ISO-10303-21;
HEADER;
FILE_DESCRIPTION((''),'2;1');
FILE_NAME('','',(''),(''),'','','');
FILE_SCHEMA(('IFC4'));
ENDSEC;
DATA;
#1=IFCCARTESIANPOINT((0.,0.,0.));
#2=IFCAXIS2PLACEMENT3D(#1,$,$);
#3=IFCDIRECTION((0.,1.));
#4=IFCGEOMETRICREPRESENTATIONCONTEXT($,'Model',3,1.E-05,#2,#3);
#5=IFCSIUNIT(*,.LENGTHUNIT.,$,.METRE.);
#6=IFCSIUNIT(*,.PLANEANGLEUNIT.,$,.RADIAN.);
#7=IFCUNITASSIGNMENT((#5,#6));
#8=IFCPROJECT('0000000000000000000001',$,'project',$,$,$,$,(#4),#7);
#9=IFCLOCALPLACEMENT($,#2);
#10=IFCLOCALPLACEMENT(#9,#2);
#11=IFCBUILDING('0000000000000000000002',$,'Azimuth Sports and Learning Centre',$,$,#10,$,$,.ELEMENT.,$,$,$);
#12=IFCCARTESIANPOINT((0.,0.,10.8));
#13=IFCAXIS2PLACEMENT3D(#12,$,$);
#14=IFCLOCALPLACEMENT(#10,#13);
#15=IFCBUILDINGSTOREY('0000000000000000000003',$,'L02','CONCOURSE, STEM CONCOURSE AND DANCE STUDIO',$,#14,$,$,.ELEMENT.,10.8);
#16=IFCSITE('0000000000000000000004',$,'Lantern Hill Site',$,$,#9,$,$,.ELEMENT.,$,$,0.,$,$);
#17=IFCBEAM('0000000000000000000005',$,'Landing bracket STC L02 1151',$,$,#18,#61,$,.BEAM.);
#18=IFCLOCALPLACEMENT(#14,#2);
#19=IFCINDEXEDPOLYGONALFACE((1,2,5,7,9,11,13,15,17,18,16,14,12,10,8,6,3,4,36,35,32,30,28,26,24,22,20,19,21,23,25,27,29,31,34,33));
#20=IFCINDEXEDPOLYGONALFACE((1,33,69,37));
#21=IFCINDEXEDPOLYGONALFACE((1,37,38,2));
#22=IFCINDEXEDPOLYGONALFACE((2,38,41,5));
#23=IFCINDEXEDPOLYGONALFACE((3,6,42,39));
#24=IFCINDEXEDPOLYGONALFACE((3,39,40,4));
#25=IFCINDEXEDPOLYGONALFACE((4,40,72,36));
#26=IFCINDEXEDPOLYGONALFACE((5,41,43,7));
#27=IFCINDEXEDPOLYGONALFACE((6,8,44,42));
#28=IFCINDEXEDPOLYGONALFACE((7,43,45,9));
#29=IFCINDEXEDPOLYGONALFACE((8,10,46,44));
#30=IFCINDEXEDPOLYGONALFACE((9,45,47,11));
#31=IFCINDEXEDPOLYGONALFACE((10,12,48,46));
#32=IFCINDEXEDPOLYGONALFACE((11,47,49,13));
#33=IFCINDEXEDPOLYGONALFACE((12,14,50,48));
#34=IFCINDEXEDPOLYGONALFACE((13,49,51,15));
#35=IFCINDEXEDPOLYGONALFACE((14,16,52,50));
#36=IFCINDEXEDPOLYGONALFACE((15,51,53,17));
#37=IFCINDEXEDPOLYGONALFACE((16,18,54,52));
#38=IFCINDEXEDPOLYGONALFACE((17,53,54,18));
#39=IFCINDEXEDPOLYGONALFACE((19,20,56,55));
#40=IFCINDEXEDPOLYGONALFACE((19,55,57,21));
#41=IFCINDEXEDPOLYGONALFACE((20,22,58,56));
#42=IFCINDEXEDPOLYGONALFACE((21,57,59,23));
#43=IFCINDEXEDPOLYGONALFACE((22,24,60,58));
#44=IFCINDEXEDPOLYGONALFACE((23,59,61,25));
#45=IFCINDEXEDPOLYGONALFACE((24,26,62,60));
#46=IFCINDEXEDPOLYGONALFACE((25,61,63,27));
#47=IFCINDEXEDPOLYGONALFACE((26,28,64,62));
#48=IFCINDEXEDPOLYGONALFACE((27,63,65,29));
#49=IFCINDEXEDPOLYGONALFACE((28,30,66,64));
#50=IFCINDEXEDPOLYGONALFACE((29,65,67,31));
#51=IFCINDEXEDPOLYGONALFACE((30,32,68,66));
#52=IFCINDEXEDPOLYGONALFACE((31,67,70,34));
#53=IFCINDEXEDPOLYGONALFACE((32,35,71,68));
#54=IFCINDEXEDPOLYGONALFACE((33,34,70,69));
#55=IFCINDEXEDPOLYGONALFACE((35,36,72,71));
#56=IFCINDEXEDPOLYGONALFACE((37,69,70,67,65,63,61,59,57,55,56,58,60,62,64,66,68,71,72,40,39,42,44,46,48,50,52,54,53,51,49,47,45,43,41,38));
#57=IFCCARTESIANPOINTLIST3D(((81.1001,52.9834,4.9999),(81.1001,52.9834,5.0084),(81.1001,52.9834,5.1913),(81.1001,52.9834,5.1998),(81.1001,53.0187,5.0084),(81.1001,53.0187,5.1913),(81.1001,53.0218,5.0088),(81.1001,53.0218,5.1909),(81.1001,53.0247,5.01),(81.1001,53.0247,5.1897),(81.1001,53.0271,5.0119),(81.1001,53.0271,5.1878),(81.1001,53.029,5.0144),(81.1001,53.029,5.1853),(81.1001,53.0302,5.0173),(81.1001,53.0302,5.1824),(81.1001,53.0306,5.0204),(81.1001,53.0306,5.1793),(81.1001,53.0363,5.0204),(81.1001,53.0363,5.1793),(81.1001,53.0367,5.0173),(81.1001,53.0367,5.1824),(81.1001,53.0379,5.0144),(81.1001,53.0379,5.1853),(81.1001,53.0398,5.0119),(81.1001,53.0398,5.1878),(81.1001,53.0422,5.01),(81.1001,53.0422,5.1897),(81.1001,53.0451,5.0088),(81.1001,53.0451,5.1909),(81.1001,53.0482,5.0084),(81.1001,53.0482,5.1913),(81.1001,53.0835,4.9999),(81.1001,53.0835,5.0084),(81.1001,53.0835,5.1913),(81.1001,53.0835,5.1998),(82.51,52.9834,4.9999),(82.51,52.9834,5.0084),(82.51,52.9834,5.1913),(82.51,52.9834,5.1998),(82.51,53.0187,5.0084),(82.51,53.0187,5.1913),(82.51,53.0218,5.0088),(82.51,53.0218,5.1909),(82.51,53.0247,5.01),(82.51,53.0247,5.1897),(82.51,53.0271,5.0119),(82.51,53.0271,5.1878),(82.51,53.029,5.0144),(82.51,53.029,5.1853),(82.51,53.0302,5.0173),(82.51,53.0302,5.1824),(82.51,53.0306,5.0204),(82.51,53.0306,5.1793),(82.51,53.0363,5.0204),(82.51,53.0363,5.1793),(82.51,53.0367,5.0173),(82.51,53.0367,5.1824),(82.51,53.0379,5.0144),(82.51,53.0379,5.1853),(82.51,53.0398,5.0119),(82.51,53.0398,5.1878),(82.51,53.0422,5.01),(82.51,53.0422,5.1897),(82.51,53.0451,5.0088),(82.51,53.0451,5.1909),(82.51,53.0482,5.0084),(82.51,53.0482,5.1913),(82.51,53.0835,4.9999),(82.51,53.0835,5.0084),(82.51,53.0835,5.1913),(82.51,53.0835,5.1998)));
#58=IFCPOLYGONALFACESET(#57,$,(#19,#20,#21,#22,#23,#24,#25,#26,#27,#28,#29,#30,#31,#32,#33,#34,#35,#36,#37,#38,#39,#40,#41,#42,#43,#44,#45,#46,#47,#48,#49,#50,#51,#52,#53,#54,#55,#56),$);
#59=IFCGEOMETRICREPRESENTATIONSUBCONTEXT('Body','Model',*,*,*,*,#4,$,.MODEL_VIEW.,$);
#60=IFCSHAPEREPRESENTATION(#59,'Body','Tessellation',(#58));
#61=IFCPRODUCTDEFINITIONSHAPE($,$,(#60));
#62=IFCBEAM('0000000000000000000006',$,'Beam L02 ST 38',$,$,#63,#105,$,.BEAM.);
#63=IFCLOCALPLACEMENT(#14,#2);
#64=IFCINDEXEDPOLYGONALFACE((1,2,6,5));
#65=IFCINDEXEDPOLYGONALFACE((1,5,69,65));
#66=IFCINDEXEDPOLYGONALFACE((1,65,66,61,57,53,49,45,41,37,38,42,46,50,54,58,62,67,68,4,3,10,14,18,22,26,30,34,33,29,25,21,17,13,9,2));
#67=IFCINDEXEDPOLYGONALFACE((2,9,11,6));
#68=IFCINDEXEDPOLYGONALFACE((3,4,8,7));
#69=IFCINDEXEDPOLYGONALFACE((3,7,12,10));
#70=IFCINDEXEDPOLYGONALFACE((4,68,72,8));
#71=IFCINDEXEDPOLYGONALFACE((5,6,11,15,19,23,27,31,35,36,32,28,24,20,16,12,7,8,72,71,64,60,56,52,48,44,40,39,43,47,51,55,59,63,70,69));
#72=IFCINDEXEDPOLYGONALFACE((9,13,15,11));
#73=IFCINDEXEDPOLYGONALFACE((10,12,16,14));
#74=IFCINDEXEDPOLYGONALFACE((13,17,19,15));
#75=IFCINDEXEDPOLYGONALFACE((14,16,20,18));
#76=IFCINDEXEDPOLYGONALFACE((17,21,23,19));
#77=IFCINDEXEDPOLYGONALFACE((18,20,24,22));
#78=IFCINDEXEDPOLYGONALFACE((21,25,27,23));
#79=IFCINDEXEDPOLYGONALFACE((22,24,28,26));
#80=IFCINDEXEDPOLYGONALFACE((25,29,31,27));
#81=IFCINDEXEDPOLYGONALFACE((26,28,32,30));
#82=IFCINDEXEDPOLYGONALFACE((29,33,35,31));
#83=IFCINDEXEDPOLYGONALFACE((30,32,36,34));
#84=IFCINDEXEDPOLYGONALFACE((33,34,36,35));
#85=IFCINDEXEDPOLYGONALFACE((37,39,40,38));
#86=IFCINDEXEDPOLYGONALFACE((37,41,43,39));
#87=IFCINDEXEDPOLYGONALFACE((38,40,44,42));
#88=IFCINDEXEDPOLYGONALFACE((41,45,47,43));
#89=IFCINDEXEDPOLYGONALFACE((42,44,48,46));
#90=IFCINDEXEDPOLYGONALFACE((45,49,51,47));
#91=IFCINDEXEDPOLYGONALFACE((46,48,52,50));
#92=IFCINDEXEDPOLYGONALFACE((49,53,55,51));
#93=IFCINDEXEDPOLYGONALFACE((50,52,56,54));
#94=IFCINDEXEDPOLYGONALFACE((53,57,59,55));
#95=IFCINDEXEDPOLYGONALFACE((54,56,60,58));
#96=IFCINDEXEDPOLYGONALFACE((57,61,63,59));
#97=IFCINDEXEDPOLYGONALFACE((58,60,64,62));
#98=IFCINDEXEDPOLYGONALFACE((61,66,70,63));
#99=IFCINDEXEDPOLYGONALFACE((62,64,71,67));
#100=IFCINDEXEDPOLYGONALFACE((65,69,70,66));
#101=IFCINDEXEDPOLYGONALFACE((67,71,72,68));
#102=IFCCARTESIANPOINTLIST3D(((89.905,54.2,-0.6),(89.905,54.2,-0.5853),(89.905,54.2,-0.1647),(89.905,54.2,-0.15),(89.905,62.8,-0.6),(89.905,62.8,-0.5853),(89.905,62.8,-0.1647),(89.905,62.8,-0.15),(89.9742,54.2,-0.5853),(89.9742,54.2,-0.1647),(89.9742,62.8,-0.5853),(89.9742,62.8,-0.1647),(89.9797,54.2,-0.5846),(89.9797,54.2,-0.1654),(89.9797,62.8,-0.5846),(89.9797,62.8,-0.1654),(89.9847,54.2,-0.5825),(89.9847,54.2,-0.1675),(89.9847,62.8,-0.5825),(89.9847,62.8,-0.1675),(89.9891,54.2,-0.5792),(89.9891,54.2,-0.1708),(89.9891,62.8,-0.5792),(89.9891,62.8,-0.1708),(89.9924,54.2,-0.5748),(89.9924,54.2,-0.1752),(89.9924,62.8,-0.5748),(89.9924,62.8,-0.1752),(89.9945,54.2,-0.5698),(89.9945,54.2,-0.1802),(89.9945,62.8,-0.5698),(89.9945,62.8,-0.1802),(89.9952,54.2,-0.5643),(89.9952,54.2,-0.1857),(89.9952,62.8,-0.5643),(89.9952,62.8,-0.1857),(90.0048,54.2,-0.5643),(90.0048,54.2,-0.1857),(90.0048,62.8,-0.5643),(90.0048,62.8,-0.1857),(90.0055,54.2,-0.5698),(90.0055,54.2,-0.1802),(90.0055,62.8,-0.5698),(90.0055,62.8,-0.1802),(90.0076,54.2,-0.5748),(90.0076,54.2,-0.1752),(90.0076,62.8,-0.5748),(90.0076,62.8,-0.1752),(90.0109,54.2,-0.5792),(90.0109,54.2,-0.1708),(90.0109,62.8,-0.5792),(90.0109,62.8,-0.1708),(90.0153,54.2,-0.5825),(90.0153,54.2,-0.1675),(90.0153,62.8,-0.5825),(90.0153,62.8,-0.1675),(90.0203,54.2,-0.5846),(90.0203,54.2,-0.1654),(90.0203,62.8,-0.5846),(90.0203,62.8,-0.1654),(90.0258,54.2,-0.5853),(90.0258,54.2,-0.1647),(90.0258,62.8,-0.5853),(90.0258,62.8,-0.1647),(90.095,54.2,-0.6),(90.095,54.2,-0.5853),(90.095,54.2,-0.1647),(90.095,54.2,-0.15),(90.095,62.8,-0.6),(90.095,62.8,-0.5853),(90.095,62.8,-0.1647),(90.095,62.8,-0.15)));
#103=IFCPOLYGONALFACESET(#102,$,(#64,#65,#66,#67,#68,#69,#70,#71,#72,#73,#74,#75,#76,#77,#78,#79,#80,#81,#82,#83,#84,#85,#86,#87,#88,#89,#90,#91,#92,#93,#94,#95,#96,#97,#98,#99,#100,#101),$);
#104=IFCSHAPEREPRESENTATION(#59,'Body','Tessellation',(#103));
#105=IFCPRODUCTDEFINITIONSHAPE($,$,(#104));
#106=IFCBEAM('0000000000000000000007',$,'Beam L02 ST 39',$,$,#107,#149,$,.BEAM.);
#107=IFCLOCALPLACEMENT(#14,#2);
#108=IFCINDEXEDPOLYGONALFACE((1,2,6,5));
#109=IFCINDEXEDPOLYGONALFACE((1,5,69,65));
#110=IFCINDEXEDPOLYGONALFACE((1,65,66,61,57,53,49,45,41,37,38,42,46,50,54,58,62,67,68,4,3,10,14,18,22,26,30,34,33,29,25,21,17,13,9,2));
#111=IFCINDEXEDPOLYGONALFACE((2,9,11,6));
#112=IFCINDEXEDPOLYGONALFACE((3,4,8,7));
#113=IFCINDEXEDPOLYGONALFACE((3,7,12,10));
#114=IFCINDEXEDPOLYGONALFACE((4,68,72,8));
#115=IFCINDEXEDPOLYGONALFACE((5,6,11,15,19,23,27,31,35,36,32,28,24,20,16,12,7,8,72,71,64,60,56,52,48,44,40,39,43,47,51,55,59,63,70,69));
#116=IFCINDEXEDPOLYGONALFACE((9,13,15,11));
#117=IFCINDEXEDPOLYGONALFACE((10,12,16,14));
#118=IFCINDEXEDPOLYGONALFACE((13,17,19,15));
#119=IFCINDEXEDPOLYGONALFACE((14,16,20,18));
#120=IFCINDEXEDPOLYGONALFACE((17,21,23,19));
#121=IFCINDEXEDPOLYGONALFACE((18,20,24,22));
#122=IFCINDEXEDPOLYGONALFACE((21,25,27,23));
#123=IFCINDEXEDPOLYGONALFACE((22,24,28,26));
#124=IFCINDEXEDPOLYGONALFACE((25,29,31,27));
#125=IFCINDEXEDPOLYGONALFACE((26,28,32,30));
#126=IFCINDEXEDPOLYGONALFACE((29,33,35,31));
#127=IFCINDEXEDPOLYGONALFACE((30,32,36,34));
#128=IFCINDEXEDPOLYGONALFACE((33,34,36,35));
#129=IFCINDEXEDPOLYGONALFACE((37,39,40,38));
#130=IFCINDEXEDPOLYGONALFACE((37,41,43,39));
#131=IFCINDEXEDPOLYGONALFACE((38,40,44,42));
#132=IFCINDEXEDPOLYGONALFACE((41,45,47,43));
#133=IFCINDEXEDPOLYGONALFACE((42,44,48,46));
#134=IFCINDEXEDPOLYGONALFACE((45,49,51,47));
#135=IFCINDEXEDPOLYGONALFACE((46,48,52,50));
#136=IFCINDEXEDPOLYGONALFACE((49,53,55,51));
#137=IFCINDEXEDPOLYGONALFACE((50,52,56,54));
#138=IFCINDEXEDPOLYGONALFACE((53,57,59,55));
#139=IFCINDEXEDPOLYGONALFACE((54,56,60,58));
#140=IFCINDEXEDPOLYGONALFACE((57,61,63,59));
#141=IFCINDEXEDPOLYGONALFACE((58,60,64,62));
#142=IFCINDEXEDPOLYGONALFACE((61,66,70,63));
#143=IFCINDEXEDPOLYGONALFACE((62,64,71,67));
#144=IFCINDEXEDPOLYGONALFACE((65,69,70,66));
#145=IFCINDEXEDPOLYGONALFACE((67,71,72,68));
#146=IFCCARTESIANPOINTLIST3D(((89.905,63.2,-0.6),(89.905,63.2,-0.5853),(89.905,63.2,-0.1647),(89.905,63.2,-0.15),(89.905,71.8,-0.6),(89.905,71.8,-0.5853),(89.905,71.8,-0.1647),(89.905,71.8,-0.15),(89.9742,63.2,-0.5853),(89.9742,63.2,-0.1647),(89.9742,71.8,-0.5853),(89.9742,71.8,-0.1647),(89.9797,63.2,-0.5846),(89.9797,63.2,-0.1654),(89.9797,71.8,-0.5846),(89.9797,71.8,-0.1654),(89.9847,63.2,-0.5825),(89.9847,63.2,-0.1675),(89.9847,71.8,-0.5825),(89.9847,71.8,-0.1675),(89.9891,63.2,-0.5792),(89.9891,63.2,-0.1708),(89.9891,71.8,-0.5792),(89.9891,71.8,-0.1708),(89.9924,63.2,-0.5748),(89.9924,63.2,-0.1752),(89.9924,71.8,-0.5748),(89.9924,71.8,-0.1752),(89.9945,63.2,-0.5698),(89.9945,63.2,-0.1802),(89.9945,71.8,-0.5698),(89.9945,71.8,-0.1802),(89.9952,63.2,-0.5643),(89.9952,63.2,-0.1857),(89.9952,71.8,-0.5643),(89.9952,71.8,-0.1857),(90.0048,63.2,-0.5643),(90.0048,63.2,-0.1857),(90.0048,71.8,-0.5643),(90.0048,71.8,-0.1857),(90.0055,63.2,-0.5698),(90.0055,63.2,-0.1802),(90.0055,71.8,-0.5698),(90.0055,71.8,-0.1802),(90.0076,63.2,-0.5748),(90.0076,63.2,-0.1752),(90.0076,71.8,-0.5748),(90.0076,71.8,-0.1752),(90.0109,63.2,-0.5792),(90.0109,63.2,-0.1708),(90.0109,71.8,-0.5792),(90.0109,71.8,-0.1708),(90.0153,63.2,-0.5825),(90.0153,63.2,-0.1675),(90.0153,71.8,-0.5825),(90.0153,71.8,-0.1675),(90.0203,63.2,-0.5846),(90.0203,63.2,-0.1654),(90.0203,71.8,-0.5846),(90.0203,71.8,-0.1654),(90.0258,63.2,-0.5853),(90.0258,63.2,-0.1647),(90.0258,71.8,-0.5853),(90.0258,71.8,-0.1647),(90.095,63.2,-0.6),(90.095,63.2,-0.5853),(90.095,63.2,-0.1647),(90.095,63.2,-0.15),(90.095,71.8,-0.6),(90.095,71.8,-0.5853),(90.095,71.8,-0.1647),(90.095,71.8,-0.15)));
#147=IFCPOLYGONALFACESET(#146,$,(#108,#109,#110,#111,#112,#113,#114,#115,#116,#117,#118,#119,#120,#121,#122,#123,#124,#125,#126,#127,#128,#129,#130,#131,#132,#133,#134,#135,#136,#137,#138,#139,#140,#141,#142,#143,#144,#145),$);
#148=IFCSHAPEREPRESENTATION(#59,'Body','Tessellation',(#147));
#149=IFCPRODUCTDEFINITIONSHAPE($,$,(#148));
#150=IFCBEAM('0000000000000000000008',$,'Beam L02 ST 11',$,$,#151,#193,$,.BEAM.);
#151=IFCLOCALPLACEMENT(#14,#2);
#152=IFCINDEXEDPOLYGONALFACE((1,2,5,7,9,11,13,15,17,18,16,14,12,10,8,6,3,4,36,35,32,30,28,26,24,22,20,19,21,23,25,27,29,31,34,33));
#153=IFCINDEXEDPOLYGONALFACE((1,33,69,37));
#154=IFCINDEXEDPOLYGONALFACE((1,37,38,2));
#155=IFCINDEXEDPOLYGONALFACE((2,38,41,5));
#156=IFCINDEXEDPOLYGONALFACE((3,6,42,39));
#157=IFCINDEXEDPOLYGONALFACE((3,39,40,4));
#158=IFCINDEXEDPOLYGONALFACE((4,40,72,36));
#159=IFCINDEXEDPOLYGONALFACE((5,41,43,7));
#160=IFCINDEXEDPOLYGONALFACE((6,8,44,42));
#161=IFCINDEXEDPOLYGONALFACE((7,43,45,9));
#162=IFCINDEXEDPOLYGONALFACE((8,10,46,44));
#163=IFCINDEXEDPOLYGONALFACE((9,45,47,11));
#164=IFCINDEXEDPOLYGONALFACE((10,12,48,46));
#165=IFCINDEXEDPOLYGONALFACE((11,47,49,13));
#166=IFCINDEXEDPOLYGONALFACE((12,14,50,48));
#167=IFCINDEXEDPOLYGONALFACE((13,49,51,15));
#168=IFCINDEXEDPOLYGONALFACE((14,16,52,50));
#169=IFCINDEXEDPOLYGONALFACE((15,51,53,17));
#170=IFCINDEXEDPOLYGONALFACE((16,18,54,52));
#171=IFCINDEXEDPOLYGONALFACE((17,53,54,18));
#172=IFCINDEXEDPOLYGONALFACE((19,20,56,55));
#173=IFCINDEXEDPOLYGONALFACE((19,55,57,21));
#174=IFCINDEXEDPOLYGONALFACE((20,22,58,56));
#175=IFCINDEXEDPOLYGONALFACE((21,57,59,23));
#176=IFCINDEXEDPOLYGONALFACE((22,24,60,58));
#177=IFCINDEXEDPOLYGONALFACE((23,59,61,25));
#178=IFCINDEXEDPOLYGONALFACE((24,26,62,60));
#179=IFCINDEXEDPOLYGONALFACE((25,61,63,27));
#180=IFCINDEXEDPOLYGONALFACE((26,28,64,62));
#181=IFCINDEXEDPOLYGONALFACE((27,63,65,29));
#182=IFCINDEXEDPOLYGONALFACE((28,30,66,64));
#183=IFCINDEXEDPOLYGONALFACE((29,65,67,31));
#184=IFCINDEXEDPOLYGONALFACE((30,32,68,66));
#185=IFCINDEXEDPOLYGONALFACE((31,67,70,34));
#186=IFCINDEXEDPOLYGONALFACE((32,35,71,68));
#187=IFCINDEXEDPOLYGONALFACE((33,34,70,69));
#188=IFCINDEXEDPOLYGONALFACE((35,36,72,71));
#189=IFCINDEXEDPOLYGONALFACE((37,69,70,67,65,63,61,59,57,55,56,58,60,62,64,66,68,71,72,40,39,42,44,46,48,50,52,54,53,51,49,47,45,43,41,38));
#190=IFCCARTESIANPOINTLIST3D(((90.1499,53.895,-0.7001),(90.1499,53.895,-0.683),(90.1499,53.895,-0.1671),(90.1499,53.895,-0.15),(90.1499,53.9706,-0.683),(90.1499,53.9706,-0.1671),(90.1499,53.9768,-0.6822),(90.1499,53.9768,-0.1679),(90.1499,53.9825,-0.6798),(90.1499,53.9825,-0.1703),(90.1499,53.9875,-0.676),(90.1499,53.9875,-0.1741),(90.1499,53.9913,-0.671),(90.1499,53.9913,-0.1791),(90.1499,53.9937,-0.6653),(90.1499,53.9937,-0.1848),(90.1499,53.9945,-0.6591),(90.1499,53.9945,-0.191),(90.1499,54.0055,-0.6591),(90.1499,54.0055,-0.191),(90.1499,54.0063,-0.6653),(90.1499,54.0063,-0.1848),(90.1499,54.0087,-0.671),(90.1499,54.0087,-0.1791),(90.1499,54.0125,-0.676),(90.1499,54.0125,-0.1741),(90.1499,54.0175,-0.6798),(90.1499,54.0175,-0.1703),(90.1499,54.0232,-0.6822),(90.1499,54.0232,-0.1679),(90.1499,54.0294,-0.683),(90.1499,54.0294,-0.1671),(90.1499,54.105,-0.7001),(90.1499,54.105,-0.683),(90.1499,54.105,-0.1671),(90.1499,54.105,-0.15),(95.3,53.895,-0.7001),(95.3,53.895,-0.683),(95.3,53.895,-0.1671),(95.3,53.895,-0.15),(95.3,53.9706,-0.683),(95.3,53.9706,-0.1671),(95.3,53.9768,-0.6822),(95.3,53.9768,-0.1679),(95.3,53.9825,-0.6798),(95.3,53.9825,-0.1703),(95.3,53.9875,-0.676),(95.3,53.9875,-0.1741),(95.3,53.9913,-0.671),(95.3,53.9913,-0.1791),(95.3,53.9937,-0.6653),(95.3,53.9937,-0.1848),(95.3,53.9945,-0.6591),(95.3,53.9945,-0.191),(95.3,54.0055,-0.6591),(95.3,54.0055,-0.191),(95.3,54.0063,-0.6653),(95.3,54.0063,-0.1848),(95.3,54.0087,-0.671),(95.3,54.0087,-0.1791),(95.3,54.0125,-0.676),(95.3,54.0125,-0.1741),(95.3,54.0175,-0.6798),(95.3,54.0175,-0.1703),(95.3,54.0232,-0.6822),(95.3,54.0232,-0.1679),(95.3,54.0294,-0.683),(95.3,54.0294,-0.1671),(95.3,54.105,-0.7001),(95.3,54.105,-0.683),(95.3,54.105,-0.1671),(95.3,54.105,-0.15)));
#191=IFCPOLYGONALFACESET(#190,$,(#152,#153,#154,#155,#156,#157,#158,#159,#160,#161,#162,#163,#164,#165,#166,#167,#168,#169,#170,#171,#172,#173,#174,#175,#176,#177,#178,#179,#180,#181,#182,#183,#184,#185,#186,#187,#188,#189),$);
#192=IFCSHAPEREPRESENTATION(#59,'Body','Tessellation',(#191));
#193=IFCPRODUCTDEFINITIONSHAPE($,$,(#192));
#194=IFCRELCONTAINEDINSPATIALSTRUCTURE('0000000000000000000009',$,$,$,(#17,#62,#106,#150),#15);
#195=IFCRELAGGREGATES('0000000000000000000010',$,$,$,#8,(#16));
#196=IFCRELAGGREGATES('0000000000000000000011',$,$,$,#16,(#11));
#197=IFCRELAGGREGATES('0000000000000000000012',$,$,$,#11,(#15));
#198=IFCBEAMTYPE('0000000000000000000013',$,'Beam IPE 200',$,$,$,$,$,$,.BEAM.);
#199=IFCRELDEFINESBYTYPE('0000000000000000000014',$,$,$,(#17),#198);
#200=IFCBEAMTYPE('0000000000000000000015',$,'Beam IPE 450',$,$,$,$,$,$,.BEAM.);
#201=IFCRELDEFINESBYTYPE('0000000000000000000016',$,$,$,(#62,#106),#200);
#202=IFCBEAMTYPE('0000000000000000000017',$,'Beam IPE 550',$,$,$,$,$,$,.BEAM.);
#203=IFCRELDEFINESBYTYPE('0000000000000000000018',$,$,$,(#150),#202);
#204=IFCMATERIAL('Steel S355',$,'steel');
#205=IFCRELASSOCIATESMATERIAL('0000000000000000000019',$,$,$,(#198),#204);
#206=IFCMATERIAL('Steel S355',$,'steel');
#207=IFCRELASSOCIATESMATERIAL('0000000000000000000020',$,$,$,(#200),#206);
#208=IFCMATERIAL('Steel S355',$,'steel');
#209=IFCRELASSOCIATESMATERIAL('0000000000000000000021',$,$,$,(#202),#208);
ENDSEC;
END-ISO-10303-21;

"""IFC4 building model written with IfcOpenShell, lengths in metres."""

from ifc_helpers import new_model, si_unit, direction, frame, origin, origin_2d, place, context, subcontext, project, spatial, i_section, extrude, material, material_profile, profile_set, type_object, element, save


model = new_model("IFC4")

# Units and contexts
model_context = context("Model", 3, precision=1e-05, world=origin(), true_north=direction((0.0, 1.0)))
body_context = subcontext(model_context, "Body", "Model", "MODEL_VIEW")
ifc_project = project(units=[si_unit("LENGTHUNIT", "METRE"), si_unit("PLANEANGLEUNIT", "RADIAN")], contexts=[model_context])

# Site, building, storey
site_placement = place(None, origin())
site = spatial("IfcSite", under=ifc_project, at=site_placement, Name="Lantern Hill Site", CompositionType="ELEMENT", RefElevation=0.0)
building_placement = place(site_placement, origin())
building = spatial("IfcBuilding", under=site, at=building_placement, Name="Azimuth Sports and Learning Centre", CompositionType="ELEMENT")
storey_placement = place(building_placement, frame((0.0, 0.0, 10.8)))
storey = spatial("IfcBuildingStorey", under=building, at=storey_placement, Name="L02", Description="CONCOURSE, STEM CONCOURSE AND DANCE STUDIO", CompositionType="ELEMENT", Elevation=10.8)

# Beams
ifc_material_1 = material(Name="Steel S355", Category="steel")
ifc_material_profile_1 = material_profile(ifc_material_1, i_section(OverallWidth=0.1001, OverallDepth=0.2, WebThickness=0.0056, FlangeThickness=0.0085, FilletRadius=0.012, at=origin_2d()), Name="IPE 200")
ifc_profile_set_1 = profile_set([ifc_material_profile_1], Name="Steel S355")
beam_type_1 = type_object("IfcBeamType", Name="Beam IPE 200", PredefinedType="BEAM", material=ifc_profile_set_1)
for number, where, z_axis, x_axis, name in (
    (1, (81.1001, 53.0334, 5.0999), (1.0, 0.0, 0.0), (0.0, 1.0, 0.0), "Landing bracket STC L02 1151"),
):
    element("IfcBeam", number, at=place(storey_placement, frame(where, z_axis=z_axis, x_axis=x_axis)), inside=storey, type_object=beam_type_1, Name=name, PredefinedType="BEAM", context=body_context, shape_type="SweptSolid", body=[
        extrude(i_section(OverallWidth=0.1001, OverallDepth=0.2, WebThickness=0.0056, FlangeThickness=0.0085, FilletRadius=0.012, at=origin_2d()), origin(), (0.0, 0.0, 1.0), 1.4099),
    ])
ifc_material_2 = material(Name="Steel S355", Category="steel")
ifc_material_profile_2 = material_profile(ifc_material_2, i_section(OverallWidth=0.1899, OverallDepth=0.45, WebThickness=0.0095, FlangeThickness=0.0146, FilletRadius=0.021, at=origin_2d()), Name="IPE 450")
ifc_profile_set_2 = profile_set([ifc_material_profile_2], Name="Steel S355")
beam_type_2 = type_object("IfcBeamType", Name="Beam IPE 450", PredefinedType="BEAM", material=ifc_profile_set_2)
for number, where, z_axis, x_axis, name in (
    (2, (90.0, 54.2, -0.375), (0.0, 1.0, 0.0), (-1.0, 0.0, 0.0), "Beam L02 ST 38"),
    (3, (90.0, 63.2, -0.375), (0.0, 1.0, 0.0), (-1.0, 0.0, 0.0), "Beam L02 ST 39"),
):
    element("IfcBeam", number, at=place(storey_placement, frame(where, z_axis=z_axis, x_axis=x_axis)), inside=storey, type_object=beam_type_2, Name=name, PredefinedType="BEAM", context=body_context, shape_type="SweptSolid", body=[
        extrude(i_section(OverallWidth=0.1899, OverallDepth=0.45, WebThickness=0.0095, FlangeThickness=0.0146, FilletRadius=0.021, at=origin_2d()), origin(), (0.0, 0.0, 1.0), 8.6001),
    ])
ifc_material_3 = material(Name="Steel S355", Category="steel")
ifc_material_profile_3 = material_profile(ifc_material_3, i_section(OverallWidth=0.21, OverallDepth=0.55, WebThickness=0.011, FlangeThickness=0.0171, FilletRadius=0.0239, at=origin_2d()), Name="IPE 550")
ifc_profile_set_3 = profile_set([ifc_material_profile_3], Name="Steel S355")
beam_type_3 = type_object("IfcBeamType", Name="Beam IPE 550", PredefinedType="BEAM", material=ifc_profile_set_3)
for number, where, z_axis, x_axis, name in (
    (4, (90.1499, 54.0, -0.425), (1.0, 0.0, 0.0), (0.0, 1.0, 0.0), "Beam L02 ST 11"),
):
    element("IfcBeam", number, at=place(storey_placement, frame(where, z_axis=z_axis, x_axis=x_axis)), inside=storey, type_object=beam_type_3, Name=name, PredefinedType="BEAM", context=body_context, shape_type="SweptSolid", body=[
        extrude(i_section(OverallWidth=0.21, OverallDepth=0.55, WebThickness=0.011, FlangeThickness=0.0171, FilletRadius=0.0239, at=origin_2d()), origin(), (0.0, 0.0, 1.0), 5.1501),
    ])

save(model, "model.ifc")
